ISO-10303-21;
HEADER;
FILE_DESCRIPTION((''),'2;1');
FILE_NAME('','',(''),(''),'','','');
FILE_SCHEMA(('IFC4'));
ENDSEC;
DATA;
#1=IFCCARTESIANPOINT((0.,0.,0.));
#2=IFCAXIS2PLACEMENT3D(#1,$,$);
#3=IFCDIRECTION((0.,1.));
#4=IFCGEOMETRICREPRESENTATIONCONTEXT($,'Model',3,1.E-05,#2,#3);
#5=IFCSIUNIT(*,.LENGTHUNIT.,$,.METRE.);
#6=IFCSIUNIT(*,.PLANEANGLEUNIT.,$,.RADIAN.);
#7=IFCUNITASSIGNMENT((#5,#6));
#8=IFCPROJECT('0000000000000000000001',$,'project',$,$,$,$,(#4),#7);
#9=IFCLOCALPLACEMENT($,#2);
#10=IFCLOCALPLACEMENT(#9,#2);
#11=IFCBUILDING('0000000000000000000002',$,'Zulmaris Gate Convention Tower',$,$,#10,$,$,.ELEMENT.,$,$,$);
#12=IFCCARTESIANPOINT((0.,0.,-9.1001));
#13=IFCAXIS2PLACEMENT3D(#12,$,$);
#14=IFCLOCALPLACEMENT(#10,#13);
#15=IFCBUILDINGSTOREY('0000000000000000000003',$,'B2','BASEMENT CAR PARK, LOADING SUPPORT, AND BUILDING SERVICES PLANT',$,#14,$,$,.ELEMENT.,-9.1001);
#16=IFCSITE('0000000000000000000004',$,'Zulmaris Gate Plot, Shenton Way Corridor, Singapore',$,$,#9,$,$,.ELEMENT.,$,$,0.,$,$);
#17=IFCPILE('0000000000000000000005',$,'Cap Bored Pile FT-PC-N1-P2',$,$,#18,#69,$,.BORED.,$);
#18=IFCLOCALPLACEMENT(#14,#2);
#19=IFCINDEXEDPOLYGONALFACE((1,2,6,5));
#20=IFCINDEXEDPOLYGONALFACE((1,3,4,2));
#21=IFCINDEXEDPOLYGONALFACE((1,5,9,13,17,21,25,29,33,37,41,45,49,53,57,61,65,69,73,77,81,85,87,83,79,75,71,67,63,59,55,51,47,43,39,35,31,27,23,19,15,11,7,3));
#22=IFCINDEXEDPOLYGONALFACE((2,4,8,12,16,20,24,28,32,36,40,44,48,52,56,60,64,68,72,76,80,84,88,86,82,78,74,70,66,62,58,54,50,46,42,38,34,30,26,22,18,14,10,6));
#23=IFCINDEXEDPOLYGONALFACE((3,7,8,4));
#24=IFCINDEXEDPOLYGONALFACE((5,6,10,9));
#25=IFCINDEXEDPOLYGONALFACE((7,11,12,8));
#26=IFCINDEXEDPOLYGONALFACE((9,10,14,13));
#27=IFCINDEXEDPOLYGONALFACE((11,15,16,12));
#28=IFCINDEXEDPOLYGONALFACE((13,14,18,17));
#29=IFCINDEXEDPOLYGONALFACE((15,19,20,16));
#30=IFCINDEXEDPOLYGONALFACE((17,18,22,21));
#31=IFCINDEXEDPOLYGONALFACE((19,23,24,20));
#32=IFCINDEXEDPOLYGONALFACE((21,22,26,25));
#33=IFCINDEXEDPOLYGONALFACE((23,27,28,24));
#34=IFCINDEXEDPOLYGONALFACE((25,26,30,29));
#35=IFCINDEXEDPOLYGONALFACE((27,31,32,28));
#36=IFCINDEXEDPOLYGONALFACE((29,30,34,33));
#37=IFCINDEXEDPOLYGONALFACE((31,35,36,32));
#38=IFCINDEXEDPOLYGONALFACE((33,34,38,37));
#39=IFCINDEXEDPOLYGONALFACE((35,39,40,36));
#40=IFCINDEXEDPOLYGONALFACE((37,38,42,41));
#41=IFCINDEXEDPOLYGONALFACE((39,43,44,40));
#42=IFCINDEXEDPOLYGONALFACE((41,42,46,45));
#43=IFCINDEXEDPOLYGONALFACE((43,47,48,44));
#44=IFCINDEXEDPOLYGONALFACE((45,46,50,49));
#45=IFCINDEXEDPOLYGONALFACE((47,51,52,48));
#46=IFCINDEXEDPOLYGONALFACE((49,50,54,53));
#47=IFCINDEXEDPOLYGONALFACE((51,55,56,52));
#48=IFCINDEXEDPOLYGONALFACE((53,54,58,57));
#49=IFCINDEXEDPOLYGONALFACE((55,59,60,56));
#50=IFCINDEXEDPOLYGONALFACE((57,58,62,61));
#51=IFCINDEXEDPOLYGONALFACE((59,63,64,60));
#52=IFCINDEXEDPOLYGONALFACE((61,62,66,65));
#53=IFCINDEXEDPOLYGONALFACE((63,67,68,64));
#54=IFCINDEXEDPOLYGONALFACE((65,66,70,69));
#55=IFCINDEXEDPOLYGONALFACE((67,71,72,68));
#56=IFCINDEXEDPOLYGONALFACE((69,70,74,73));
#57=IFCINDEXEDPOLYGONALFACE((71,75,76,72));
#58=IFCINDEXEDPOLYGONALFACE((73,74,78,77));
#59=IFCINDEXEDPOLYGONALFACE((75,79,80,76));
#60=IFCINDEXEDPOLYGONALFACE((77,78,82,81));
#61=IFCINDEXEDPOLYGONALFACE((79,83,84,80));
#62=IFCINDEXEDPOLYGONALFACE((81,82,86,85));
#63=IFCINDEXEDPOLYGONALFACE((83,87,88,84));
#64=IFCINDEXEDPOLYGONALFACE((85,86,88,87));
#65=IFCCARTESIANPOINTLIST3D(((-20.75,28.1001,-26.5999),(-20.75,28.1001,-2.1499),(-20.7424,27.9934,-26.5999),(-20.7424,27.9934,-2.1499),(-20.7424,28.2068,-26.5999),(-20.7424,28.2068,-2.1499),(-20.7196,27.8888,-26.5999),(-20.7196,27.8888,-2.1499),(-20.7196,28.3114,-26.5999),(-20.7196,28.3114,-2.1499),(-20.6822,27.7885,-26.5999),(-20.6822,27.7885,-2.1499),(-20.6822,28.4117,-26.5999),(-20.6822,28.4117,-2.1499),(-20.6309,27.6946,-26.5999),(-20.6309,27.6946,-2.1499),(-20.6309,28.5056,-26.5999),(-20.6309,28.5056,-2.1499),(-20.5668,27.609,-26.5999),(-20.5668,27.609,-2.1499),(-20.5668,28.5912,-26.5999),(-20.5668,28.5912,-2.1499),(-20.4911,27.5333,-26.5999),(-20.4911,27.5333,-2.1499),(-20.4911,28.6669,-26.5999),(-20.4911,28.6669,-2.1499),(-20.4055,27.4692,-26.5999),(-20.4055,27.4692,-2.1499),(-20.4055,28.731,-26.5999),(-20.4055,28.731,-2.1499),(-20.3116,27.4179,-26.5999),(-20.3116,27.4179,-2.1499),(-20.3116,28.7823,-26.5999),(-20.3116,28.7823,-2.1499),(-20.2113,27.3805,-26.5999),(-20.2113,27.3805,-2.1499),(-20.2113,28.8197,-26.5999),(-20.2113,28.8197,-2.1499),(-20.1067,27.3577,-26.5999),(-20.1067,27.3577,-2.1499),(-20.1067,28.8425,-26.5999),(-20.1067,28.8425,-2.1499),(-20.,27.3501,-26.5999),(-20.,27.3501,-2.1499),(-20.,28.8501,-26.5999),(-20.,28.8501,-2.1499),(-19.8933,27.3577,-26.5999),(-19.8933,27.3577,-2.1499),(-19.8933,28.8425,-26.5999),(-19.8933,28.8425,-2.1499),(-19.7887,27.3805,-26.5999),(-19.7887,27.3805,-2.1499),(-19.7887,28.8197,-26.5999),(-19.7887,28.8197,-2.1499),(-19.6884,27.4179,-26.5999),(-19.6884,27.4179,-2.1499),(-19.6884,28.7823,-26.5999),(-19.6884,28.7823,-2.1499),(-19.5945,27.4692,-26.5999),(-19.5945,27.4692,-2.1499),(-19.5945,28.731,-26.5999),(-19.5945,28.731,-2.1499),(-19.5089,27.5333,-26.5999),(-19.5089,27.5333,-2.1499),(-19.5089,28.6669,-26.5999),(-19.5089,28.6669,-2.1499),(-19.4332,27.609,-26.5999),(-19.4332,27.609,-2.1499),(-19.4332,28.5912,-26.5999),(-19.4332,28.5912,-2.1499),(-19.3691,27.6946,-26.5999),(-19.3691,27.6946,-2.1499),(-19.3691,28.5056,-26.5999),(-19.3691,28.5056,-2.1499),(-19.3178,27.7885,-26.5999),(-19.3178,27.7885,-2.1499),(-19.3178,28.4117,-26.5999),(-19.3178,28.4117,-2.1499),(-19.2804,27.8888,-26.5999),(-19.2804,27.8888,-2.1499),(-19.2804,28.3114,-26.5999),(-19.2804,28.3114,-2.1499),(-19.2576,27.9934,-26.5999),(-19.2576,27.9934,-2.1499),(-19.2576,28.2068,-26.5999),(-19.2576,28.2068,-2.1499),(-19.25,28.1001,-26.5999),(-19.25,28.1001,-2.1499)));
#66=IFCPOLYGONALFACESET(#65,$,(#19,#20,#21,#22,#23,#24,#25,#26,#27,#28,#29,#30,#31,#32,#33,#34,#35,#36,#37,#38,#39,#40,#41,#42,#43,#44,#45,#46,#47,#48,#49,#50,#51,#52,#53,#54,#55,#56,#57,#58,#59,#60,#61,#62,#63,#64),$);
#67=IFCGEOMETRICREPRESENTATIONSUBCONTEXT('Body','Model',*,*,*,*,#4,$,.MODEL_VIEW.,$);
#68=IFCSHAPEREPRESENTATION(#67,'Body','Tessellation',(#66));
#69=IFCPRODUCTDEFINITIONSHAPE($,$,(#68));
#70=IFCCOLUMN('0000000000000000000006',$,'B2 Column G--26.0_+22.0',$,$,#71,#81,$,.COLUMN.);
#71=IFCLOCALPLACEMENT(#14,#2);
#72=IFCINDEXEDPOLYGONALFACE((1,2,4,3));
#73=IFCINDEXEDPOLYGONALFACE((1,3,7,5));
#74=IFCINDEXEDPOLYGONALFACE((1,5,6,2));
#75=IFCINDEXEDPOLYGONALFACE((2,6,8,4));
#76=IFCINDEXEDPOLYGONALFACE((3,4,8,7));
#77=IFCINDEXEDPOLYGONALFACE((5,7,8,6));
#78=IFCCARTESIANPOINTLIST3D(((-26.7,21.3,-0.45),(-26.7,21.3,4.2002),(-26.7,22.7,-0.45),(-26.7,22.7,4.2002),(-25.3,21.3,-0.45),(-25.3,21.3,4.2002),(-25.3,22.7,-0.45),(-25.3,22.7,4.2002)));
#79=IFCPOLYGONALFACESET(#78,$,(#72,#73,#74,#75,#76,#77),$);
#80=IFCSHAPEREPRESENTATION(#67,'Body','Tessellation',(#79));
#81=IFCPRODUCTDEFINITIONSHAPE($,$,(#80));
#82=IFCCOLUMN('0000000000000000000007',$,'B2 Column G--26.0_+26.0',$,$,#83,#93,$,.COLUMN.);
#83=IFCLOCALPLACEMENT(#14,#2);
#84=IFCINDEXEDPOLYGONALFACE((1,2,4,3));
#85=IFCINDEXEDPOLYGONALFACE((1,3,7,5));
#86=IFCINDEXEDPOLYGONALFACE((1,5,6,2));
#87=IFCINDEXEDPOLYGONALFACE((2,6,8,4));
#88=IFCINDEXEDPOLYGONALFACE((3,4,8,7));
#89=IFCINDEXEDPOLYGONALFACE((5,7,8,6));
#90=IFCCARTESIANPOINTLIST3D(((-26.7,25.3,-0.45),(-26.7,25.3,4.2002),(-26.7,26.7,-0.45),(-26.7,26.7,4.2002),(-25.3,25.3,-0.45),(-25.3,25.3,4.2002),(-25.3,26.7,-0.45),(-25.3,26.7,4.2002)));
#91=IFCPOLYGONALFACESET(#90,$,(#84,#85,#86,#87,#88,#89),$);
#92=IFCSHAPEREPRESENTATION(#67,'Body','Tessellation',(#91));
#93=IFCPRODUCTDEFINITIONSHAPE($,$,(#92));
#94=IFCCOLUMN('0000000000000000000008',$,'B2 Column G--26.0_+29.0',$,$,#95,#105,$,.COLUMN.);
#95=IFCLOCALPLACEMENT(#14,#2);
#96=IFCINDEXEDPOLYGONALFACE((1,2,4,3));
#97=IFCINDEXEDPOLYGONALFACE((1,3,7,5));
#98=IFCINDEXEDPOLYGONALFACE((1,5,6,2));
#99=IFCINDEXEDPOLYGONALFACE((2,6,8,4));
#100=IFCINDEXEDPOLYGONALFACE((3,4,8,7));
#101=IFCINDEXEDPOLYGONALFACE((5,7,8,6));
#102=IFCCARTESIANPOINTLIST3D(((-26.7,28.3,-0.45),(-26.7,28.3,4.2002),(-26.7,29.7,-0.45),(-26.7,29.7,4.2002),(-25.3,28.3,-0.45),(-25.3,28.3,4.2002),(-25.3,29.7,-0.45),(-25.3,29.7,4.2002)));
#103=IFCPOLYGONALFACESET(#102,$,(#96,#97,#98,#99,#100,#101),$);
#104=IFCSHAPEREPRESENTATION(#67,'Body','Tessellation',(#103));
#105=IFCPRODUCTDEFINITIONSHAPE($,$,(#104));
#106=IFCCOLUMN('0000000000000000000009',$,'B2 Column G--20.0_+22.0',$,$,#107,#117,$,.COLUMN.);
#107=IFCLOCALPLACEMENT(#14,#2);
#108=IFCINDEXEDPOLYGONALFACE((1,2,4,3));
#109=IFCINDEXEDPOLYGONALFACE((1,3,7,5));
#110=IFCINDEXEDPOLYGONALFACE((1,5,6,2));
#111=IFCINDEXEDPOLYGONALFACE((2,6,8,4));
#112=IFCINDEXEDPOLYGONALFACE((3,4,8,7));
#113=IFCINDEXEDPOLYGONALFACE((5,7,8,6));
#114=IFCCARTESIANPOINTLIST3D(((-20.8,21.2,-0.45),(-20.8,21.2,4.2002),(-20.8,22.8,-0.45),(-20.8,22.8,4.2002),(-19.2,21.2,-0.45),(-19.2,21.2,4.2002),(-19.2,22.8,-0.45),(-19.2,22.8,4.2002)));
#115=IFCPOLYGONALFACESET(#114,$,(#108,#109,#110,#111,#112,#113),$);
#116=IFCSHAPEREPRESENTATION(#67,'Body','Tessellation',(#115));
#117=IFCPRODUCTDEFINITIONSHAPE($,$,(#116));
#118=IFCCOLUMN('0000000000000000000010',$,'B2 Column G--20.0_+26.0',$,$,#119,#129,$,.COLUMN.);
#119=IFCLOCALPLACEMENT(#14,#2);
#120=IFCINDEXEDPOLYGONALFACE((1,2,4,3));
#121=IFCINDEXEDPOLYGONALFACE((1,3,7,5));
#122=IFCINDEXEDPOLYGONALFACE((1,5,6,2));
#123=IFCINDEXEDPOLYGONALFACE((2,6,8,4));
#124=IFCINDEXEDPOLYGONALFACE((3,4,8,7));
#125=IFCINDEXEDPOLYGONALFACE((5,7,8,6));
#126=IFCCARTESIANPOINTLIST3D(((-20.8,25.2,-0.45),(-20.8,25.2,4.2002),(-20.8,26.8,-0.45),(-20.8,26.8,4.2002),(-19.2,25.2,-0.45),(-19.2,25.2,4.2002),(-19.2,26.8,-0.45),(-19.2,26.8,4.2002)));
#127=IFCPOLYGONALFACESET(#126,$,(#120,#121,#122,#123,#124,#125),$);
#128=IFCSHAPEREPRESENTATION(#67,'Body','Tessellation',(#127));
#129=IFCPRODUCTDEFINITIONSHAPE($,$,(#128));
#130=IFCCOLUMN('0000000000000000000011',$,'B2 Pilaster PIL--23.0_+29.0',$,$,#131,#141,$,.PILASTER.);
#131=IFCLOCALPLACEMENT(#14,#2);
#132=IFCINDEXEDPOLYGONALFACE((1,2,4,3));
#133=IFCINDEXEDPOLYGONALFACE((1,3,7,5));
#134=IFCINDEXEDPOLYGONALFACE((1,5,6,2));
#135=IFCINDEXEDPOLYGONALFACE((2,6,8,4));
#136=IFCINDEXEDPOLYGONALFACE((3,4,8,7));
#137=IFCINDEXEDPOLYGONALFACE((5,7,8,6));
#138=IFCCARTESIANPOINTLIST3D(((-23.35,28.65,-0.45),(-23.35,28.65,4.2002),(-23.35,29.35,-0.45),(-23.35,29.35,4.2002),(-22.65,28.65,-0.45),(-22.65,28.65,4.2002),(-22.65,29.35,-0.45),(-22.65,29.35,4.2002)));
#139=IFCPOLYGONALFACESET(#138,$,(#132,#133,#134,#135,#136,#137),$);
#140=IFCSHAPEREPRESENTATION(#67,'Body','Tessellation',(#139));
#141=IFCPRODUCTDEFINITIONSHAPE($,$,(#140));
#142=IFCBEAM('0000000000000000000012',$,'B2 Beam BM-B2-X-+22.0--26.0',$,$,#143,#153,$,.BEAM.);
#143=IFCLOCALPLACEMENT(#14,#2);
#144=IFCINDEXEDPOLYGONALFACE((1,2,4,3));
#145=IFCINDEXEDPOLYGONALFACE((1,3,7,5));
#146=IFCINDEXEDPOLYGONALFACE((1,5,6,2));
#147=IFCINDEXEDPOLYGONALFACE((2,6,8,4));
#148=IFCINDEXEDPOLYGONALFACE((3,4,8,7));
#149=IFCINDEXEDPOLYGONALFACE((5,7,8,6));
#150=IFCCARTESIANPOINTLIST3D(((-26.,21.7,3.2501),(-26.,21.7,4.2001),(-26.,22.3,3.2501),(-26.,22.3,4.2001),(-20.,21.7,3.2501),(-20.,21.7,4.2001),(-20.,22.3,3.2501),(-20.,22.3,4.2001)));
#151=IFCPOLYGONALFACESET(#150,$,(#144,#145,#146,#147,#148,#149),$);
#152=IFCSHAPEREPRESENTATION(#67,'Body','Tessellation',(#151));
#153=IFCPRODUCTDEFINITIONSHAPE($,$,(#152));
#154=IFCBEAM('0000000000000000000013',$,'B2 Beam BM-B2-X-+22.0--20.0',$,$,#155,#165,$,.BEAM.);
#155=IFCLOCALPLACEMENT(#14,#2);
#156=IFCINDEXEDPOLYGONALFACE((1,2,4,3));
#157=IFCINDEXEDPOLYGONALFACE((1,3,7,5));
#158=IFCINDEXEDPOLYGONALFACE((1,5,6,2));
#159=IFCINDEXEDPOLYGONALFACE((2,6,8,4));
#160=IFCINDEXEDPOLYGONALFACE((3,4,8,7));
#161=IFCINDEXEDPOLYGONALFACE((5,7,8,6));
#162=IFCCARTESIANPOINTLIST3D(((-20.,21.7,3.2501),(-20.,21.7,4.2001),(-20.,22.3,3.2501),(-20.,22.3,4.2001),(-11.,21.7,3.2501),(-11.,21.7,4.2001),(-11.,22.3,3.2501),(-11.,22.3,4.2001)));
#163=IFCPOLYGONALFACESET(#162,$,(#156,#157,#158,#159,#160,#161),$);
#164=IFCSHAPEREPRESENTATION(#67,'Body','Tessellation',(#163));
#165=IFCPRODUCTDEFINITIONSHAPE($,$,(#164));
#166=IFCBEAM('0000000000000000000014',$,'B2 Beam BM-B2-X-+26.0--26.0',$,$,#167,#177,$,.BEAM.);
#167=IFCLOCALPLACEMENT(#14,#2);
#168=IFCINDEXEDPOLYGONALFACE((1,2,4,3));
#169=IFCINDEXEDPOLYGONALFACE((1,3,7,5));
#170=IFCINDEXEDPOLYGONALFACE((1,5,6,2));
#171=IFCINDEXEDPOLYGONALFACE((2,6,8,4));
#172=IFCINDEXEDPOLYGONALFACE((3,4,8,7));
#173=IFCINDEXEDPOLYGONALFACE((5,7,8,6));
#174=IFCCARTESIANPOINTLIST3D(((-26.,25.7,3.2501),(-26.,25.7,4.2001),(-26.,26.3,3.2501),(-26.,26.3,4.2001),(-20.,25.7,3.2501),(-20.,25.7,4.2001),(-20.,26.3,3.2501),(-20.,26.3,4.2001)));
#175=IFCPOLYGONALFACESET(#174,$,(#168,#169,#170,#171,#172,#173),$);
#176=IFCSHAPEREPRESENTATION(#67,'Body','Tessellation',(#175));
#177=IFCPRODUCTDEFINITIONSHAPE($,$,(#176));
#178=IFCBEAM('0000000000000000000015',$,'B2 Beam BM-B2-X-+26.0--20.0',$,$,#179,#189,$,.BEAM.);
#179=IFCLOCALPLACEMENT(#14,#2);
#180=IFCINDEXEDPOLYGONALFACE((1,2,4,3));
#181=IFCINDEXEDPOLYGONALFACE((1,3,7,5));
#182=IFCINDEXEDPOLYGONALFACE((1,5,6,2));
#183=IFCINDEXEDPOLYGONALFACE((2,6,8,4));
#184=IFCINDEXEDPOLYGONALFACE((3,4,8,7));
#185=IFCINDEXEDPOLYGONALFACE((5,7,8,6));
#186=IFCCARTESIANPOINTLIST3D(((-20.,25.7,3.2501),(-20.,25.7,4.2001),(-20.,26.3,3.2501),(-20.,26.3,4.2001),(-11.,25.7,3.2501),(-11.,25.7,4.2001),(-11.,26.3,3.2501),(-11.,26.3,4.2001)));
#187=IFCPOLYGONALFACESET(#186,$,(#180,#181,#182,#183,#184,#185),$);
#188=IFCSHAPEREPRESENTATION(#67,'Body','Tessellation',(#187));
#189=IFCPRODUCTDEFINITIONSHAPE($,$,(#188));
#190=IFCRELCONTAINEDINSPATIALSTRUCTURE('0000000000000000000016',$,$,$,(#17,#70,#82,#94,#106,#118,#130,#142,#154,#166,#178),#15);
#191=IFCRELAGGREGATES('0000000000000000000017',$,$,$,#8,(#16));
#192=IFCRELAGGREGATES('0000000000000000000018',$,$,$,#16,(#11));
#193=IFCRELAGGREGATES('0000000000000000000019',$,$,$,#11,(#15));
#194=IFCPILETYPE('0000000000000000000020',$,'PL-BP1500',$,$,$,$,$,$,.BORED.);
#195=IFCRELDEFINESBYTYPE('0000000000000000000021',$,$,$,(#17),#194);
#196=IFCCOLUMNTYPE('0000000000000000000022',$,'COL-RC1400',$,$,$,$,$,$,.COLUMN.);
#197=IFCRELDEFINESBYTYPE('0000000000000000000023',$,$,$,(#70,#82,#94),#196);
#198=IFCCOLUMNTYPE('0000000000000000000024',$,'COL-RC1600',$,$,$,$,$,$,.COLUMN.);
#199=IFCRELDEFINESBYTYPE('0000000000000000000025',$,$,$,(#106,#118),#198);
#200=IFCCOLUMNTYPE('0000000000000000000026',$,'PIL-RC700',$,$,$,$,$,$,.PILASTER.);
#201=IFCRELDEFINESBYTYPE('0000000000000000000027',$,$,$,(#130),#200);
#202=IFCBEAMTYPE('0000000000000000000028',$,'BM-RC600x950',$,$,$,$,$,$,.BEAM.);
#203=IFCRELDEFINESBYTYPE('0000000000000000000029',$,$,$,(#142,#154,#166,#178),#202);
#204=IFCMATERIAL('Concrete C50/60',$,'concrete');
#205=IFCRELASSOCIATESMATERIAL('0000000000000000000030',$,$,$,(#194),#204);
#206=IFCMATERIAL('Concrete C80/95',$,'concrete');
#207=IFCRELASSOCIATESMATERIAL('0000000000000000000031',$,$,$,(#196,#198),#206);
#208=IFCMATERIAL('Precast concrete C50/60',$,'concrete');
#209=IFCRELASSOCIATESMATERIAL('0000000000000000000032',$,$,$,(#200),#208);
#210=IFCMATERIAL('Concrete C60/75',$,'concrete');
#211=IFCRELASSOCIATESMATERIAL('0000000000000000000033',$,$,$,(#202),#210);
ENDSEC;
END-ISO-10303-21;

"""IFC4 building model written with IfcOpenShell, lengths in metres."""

from ifc_helpers import new_model, si_unit, direction, frame, origin, origin_2d, place, context, subcontext, project, spatial, rectangle, circle, extrude, material, material_profile, profile_set, type_object, element, save


model = new_model("IFC4")

# Units and contexts
model_context = context("Model", 3, precision=1e-05, world=origin(), true_north=direction((0.0, 1.0)))
body_context = subcontext(model_context, "Body", "Model", "MODEL_VIEW")
ifc_project = project(units=[si_unit("LENGTHUNIT", "METRE"), si_unit("PLANEANGLEUNIT", "RADIAN")], contexts=[model_context])

# Site, building, storey
site_placement = place(None, origin())
site = spatial("IfcSite", under=ifc_project, at=site_placement, Name="Zulmaris Gate Plot, Shenton Way Corridor, Singapore", CompositionType="ELEMENT", RefElevation=0.0)
building_placement = place(site_placement, origin())
building = spatial("IfcBuilding", under=site, at=building_placement, Name="Zulmaris Gate Convention Tower", CompositionType="ELEMENT")
storey_placement = place(building_placement, frame((0.0, 0.0, -9.1001)))
storey = spatial("IfcBuildingStorey", under=building, at=storey_placement, Name="B2", Description="BASEMENT CAR PARK, LOADING SUPPORT, AND BUILDING SERVICES PLANT", CompositionType="ELEMENT", Elevation=-9.1001)

# Shared definitions
ifc_material_1 = material(Name="Concrete C50/60", Category="concrete")

# Pile
ifc_material_profile_1 = material_profile(ifc_material_1, circle(Radius=0.75, at=origin_2d()), Name="BORED PILE 1500")
ifc_profile_set_1 = profile_set([ifc_material_profile_1], Name="Concrete C50/60")
pile_type = type_object("IfcPileType", Name="PL-BP1500", PredefinedType="BORED", material=ifc_profile_set_1)
for number, where, z_axis, x_axis, name in (
    (1, (-20.0, 28.1001, -2.1499), (0.0, 0.0, -1.0), (1.0, 0.0, 0.0), "Cap Bored Pile FT-PC-N1-P2"),
):
    element("IfcPile", number, at=place(storey_placement, frame(where, z_axis=z_axis, x_axis=x_axis)), inside=storey, type_object=pile_type, Name=name, PredefinedType="BORED", context=body_context, shape_type="SweptSolid", body=[
        extrude(circle(Radius=0.75, at=origin_2d()), origin(), (0.0, 0.0, 1.0), 24.45),
    ])

# Columns
ifc_material_2 = material(Name="Concrete C80/95", Category="concrete")
ifc_material_profile_2 = material_profile(ifc_material_2, rectangle(XDim=1.3999, YDim=1.3999, at=origin_2d()), Name="RC COL 1400x1400")
ifc_profile_set_2 = profile_set([ifc_material_profile_2], Name="Concrete C80/95")
column_type_1 = type_object("IfcColumnType", Name="COL-RC1400", PredefinedType="COLUMN", material=ifc_profile_set_2)
for number, where, z_axis, x_axis, name in (
    (2, (-26.0, 22.0, -0.45), (0.0, 0.0, 1.0), (1.0, 0.0, 0.0), "B2 Column G--26.0_+22.0"),
    (3, (-26.0, 26.0, -0.45), (0.0, 0.0, 1.0), (1.0, 0.0, 0.0), "B2 Column G--26.0_+26.0"),
    (4, (-26.0, 29.0, -0.45), (0.0, 0.0, 1.0), (1.0, 0.0, 0.0), "B2 Column G--26.0_+29.0"),
):
    element("IfcColumn", number, at=place(storey_placement, frame(where, z_axis=z_axis, x_axis=x_axis)), inside=storey, type_object=column_type_1, Name=name, PredefinedType="COLUMN", context=body_context, shape_type="SweptSolid", body=[
        extrude(rectangle(XDim=1.3999, YDim=1.3999, at=origin_2d()), origin(), (0.0, 0.0, 1.0), 4.6501),
    ])
ifc_material_profile_3 = material_profile(ifc_material_2, rectangle(XDim=1.6001, YDim=1.6001, at=origin_2d()), Name="RC COL 1600x1600")
ifc_profile_set_3 = profile_set([ifc_material_profile_3], Name="Concrete C80/95")
column_type_2 = type_object("IfcColumnType", Name="COL-RC1600", PredefinedType="COLUMN", material=ifc_profile_set_3)
for number, where, z_axis, x_axis, name in (
    (5, (-20.0, 22.0, -0.45), (0.0, 0.0, 1.0), (1.0, 0.0, 0.0), "B2 Column G--20.0_+22.0"),
    (6, (-20.0, 26.0, -0.45), (0.0, 0.0, 1.0), (1.0, 0.0, 0.0), "B2 Column G--20.0_+26.0"),
):
    element("IfcColumn", number, at=place(storey_placement, frame(where, z_axis=z_axis, x_axis=x_axis)), inside=storey, type_object=column_type_2, Name=name, PredefinedType="COLUMN", context=body_context, shape_type="SweptSolid", body=[
        extrude(rectangle(XDim=1.6001, YDim=1.6001, at=origin_2d()), origin(), (0.0, 0.0, 1.0), 4.6501),
    ])
ifc_material_3 = material(Name="Precast concrete C50/60", Category="concrete")
ifc_material_profile_4 = material_profile(ifc_material_3, rectangle(XDim=0.7, YDim=0.7, at=origin_2d()), Name="RC COL 700x700")
ifc_profile_set_4 = profile_set([ifc_material_profile_4], Name="Precast concrete C50/60")
column_type_3 = type_object("IfcColumnType", Name="PIL-RC700", PredefinedType="PILASTER", material=ifc_profile_set_4)
column_placement = place(storey_placement, frame((-23.0, 29.0, -0.45), z_axis=(0.0, 0.0, 1.0), x_axis=(1.0, 0.0, 0.0)))
element("IfcColumn", 7, at=column_placement, inside=storey, type_object=column_type_3, Name="B2 Pilaster PIL--23.0_+29.0", PredefinedType="PILASTER", context=body_context, shape_type="SweptSolid", body=[
    extrude(rectangle(XDim=0.7, YDim=0.7, at=origin_2d()), origin(), (0.0, 0.0, 1.0), 4.6501),
])

# Beams
ifc_material_4 = material(Name="Concrete C60/75", Category="concrete")
ifc_material_profile_5 = material_profile(ifc_material_4, rectangle(XDim=0.6001, YDim=0.95, at=origin_2d()), Name="RC BEAM 600x950")
ifc_profile_set_5 = profile_set([ifc_material_profile_5], Name="Concrete C60/75")
beam_type = type_object("IfcBeamType", Name="BM-RC600x950", PredefinedType="BEAM", material=ifc_profile_set_5)
beam_1_placement = place(storey_placement, frame((-26.0, 22.0, 3.7251), z_axis=(1.0, 0.0, 0.0), x_axis=(0.0, 1.0, 0.0)))
element("IfcBeam", 8, at=beam_1_placement, inside=storey, type_object=beam_type, Name="B2 Beam BM-B2-X-+22.0--26.0", PredefinedType="BEAM", context=body_context, shape_type="SweptSolid", body=[
    extrude(rectangle(XDim=0.6001, YDim=0.95, at=origin_2d()), origin(), (0.0, 0.0, 1.0), 6.0),
])
beam_2_placement = place(storey_placement, frame((-20.0, 22.0, 3.7251), z_axis=(1.0, 0.0, 0.0), x_axis=(0.0, 1.0, 0.0)))
element("IfcBeam", 9, at=beam_2_placement, inside=storey, type_object=beam_type, Name="B2 Beam BM-B2-X-+22.0--20.0", PredefinedType="BEAM", context=body_context, shape_type="SweptSolid", body=[
    extrude(rectangle(XDim=0.6001, YDim=0.95, at=origin_2d()), origin(), (0.0, 0.0, 1.0), 9.0),
])
beam_3_placement = place(storey_placement, frame((-26.0, 26.0, 3.7251), z_axis=(1.0, 0.0, 0.0), x_axis=(0.0, 1.0, 0.0)))
element("IfcBeam", 10, at=beam_3_placement, inside=storey, type_object=beam_type, Name="B2 Beam BM-B2-X-+26.0--26.0", PredefinedType="BEAM", context=body_context, shape_type="SweptSolid", body=[
    extrude(rectangle(XDim=0.6001, YDim=0.95, at=origin_2d()), origin(), (0.0, 0.0, 1.0), 6.0),
])
beam_4_placement = place(storey_placement, frame((-20.0, 26.0, 3.7251), z_axis=(1.0, 0.0, 0.0), x_axis=(0.0, 1.0, 0.0)))
element("IfcBeam", 11, at=beam_4_placement, inside=storey, type_object=beam_type, Name="B2 Beam BM-B2-X-+26.0--20.0", PredefinedType="BEAM", context=body_context, shape_type="SweptSolid", body=[
    extrude(rectangle(XDim=0.6001, YDim=0.95, at=origin_2d()), origin(), (0.0, 0.0, 1.0), 9.0),
])

save(model, "model.ifc")
